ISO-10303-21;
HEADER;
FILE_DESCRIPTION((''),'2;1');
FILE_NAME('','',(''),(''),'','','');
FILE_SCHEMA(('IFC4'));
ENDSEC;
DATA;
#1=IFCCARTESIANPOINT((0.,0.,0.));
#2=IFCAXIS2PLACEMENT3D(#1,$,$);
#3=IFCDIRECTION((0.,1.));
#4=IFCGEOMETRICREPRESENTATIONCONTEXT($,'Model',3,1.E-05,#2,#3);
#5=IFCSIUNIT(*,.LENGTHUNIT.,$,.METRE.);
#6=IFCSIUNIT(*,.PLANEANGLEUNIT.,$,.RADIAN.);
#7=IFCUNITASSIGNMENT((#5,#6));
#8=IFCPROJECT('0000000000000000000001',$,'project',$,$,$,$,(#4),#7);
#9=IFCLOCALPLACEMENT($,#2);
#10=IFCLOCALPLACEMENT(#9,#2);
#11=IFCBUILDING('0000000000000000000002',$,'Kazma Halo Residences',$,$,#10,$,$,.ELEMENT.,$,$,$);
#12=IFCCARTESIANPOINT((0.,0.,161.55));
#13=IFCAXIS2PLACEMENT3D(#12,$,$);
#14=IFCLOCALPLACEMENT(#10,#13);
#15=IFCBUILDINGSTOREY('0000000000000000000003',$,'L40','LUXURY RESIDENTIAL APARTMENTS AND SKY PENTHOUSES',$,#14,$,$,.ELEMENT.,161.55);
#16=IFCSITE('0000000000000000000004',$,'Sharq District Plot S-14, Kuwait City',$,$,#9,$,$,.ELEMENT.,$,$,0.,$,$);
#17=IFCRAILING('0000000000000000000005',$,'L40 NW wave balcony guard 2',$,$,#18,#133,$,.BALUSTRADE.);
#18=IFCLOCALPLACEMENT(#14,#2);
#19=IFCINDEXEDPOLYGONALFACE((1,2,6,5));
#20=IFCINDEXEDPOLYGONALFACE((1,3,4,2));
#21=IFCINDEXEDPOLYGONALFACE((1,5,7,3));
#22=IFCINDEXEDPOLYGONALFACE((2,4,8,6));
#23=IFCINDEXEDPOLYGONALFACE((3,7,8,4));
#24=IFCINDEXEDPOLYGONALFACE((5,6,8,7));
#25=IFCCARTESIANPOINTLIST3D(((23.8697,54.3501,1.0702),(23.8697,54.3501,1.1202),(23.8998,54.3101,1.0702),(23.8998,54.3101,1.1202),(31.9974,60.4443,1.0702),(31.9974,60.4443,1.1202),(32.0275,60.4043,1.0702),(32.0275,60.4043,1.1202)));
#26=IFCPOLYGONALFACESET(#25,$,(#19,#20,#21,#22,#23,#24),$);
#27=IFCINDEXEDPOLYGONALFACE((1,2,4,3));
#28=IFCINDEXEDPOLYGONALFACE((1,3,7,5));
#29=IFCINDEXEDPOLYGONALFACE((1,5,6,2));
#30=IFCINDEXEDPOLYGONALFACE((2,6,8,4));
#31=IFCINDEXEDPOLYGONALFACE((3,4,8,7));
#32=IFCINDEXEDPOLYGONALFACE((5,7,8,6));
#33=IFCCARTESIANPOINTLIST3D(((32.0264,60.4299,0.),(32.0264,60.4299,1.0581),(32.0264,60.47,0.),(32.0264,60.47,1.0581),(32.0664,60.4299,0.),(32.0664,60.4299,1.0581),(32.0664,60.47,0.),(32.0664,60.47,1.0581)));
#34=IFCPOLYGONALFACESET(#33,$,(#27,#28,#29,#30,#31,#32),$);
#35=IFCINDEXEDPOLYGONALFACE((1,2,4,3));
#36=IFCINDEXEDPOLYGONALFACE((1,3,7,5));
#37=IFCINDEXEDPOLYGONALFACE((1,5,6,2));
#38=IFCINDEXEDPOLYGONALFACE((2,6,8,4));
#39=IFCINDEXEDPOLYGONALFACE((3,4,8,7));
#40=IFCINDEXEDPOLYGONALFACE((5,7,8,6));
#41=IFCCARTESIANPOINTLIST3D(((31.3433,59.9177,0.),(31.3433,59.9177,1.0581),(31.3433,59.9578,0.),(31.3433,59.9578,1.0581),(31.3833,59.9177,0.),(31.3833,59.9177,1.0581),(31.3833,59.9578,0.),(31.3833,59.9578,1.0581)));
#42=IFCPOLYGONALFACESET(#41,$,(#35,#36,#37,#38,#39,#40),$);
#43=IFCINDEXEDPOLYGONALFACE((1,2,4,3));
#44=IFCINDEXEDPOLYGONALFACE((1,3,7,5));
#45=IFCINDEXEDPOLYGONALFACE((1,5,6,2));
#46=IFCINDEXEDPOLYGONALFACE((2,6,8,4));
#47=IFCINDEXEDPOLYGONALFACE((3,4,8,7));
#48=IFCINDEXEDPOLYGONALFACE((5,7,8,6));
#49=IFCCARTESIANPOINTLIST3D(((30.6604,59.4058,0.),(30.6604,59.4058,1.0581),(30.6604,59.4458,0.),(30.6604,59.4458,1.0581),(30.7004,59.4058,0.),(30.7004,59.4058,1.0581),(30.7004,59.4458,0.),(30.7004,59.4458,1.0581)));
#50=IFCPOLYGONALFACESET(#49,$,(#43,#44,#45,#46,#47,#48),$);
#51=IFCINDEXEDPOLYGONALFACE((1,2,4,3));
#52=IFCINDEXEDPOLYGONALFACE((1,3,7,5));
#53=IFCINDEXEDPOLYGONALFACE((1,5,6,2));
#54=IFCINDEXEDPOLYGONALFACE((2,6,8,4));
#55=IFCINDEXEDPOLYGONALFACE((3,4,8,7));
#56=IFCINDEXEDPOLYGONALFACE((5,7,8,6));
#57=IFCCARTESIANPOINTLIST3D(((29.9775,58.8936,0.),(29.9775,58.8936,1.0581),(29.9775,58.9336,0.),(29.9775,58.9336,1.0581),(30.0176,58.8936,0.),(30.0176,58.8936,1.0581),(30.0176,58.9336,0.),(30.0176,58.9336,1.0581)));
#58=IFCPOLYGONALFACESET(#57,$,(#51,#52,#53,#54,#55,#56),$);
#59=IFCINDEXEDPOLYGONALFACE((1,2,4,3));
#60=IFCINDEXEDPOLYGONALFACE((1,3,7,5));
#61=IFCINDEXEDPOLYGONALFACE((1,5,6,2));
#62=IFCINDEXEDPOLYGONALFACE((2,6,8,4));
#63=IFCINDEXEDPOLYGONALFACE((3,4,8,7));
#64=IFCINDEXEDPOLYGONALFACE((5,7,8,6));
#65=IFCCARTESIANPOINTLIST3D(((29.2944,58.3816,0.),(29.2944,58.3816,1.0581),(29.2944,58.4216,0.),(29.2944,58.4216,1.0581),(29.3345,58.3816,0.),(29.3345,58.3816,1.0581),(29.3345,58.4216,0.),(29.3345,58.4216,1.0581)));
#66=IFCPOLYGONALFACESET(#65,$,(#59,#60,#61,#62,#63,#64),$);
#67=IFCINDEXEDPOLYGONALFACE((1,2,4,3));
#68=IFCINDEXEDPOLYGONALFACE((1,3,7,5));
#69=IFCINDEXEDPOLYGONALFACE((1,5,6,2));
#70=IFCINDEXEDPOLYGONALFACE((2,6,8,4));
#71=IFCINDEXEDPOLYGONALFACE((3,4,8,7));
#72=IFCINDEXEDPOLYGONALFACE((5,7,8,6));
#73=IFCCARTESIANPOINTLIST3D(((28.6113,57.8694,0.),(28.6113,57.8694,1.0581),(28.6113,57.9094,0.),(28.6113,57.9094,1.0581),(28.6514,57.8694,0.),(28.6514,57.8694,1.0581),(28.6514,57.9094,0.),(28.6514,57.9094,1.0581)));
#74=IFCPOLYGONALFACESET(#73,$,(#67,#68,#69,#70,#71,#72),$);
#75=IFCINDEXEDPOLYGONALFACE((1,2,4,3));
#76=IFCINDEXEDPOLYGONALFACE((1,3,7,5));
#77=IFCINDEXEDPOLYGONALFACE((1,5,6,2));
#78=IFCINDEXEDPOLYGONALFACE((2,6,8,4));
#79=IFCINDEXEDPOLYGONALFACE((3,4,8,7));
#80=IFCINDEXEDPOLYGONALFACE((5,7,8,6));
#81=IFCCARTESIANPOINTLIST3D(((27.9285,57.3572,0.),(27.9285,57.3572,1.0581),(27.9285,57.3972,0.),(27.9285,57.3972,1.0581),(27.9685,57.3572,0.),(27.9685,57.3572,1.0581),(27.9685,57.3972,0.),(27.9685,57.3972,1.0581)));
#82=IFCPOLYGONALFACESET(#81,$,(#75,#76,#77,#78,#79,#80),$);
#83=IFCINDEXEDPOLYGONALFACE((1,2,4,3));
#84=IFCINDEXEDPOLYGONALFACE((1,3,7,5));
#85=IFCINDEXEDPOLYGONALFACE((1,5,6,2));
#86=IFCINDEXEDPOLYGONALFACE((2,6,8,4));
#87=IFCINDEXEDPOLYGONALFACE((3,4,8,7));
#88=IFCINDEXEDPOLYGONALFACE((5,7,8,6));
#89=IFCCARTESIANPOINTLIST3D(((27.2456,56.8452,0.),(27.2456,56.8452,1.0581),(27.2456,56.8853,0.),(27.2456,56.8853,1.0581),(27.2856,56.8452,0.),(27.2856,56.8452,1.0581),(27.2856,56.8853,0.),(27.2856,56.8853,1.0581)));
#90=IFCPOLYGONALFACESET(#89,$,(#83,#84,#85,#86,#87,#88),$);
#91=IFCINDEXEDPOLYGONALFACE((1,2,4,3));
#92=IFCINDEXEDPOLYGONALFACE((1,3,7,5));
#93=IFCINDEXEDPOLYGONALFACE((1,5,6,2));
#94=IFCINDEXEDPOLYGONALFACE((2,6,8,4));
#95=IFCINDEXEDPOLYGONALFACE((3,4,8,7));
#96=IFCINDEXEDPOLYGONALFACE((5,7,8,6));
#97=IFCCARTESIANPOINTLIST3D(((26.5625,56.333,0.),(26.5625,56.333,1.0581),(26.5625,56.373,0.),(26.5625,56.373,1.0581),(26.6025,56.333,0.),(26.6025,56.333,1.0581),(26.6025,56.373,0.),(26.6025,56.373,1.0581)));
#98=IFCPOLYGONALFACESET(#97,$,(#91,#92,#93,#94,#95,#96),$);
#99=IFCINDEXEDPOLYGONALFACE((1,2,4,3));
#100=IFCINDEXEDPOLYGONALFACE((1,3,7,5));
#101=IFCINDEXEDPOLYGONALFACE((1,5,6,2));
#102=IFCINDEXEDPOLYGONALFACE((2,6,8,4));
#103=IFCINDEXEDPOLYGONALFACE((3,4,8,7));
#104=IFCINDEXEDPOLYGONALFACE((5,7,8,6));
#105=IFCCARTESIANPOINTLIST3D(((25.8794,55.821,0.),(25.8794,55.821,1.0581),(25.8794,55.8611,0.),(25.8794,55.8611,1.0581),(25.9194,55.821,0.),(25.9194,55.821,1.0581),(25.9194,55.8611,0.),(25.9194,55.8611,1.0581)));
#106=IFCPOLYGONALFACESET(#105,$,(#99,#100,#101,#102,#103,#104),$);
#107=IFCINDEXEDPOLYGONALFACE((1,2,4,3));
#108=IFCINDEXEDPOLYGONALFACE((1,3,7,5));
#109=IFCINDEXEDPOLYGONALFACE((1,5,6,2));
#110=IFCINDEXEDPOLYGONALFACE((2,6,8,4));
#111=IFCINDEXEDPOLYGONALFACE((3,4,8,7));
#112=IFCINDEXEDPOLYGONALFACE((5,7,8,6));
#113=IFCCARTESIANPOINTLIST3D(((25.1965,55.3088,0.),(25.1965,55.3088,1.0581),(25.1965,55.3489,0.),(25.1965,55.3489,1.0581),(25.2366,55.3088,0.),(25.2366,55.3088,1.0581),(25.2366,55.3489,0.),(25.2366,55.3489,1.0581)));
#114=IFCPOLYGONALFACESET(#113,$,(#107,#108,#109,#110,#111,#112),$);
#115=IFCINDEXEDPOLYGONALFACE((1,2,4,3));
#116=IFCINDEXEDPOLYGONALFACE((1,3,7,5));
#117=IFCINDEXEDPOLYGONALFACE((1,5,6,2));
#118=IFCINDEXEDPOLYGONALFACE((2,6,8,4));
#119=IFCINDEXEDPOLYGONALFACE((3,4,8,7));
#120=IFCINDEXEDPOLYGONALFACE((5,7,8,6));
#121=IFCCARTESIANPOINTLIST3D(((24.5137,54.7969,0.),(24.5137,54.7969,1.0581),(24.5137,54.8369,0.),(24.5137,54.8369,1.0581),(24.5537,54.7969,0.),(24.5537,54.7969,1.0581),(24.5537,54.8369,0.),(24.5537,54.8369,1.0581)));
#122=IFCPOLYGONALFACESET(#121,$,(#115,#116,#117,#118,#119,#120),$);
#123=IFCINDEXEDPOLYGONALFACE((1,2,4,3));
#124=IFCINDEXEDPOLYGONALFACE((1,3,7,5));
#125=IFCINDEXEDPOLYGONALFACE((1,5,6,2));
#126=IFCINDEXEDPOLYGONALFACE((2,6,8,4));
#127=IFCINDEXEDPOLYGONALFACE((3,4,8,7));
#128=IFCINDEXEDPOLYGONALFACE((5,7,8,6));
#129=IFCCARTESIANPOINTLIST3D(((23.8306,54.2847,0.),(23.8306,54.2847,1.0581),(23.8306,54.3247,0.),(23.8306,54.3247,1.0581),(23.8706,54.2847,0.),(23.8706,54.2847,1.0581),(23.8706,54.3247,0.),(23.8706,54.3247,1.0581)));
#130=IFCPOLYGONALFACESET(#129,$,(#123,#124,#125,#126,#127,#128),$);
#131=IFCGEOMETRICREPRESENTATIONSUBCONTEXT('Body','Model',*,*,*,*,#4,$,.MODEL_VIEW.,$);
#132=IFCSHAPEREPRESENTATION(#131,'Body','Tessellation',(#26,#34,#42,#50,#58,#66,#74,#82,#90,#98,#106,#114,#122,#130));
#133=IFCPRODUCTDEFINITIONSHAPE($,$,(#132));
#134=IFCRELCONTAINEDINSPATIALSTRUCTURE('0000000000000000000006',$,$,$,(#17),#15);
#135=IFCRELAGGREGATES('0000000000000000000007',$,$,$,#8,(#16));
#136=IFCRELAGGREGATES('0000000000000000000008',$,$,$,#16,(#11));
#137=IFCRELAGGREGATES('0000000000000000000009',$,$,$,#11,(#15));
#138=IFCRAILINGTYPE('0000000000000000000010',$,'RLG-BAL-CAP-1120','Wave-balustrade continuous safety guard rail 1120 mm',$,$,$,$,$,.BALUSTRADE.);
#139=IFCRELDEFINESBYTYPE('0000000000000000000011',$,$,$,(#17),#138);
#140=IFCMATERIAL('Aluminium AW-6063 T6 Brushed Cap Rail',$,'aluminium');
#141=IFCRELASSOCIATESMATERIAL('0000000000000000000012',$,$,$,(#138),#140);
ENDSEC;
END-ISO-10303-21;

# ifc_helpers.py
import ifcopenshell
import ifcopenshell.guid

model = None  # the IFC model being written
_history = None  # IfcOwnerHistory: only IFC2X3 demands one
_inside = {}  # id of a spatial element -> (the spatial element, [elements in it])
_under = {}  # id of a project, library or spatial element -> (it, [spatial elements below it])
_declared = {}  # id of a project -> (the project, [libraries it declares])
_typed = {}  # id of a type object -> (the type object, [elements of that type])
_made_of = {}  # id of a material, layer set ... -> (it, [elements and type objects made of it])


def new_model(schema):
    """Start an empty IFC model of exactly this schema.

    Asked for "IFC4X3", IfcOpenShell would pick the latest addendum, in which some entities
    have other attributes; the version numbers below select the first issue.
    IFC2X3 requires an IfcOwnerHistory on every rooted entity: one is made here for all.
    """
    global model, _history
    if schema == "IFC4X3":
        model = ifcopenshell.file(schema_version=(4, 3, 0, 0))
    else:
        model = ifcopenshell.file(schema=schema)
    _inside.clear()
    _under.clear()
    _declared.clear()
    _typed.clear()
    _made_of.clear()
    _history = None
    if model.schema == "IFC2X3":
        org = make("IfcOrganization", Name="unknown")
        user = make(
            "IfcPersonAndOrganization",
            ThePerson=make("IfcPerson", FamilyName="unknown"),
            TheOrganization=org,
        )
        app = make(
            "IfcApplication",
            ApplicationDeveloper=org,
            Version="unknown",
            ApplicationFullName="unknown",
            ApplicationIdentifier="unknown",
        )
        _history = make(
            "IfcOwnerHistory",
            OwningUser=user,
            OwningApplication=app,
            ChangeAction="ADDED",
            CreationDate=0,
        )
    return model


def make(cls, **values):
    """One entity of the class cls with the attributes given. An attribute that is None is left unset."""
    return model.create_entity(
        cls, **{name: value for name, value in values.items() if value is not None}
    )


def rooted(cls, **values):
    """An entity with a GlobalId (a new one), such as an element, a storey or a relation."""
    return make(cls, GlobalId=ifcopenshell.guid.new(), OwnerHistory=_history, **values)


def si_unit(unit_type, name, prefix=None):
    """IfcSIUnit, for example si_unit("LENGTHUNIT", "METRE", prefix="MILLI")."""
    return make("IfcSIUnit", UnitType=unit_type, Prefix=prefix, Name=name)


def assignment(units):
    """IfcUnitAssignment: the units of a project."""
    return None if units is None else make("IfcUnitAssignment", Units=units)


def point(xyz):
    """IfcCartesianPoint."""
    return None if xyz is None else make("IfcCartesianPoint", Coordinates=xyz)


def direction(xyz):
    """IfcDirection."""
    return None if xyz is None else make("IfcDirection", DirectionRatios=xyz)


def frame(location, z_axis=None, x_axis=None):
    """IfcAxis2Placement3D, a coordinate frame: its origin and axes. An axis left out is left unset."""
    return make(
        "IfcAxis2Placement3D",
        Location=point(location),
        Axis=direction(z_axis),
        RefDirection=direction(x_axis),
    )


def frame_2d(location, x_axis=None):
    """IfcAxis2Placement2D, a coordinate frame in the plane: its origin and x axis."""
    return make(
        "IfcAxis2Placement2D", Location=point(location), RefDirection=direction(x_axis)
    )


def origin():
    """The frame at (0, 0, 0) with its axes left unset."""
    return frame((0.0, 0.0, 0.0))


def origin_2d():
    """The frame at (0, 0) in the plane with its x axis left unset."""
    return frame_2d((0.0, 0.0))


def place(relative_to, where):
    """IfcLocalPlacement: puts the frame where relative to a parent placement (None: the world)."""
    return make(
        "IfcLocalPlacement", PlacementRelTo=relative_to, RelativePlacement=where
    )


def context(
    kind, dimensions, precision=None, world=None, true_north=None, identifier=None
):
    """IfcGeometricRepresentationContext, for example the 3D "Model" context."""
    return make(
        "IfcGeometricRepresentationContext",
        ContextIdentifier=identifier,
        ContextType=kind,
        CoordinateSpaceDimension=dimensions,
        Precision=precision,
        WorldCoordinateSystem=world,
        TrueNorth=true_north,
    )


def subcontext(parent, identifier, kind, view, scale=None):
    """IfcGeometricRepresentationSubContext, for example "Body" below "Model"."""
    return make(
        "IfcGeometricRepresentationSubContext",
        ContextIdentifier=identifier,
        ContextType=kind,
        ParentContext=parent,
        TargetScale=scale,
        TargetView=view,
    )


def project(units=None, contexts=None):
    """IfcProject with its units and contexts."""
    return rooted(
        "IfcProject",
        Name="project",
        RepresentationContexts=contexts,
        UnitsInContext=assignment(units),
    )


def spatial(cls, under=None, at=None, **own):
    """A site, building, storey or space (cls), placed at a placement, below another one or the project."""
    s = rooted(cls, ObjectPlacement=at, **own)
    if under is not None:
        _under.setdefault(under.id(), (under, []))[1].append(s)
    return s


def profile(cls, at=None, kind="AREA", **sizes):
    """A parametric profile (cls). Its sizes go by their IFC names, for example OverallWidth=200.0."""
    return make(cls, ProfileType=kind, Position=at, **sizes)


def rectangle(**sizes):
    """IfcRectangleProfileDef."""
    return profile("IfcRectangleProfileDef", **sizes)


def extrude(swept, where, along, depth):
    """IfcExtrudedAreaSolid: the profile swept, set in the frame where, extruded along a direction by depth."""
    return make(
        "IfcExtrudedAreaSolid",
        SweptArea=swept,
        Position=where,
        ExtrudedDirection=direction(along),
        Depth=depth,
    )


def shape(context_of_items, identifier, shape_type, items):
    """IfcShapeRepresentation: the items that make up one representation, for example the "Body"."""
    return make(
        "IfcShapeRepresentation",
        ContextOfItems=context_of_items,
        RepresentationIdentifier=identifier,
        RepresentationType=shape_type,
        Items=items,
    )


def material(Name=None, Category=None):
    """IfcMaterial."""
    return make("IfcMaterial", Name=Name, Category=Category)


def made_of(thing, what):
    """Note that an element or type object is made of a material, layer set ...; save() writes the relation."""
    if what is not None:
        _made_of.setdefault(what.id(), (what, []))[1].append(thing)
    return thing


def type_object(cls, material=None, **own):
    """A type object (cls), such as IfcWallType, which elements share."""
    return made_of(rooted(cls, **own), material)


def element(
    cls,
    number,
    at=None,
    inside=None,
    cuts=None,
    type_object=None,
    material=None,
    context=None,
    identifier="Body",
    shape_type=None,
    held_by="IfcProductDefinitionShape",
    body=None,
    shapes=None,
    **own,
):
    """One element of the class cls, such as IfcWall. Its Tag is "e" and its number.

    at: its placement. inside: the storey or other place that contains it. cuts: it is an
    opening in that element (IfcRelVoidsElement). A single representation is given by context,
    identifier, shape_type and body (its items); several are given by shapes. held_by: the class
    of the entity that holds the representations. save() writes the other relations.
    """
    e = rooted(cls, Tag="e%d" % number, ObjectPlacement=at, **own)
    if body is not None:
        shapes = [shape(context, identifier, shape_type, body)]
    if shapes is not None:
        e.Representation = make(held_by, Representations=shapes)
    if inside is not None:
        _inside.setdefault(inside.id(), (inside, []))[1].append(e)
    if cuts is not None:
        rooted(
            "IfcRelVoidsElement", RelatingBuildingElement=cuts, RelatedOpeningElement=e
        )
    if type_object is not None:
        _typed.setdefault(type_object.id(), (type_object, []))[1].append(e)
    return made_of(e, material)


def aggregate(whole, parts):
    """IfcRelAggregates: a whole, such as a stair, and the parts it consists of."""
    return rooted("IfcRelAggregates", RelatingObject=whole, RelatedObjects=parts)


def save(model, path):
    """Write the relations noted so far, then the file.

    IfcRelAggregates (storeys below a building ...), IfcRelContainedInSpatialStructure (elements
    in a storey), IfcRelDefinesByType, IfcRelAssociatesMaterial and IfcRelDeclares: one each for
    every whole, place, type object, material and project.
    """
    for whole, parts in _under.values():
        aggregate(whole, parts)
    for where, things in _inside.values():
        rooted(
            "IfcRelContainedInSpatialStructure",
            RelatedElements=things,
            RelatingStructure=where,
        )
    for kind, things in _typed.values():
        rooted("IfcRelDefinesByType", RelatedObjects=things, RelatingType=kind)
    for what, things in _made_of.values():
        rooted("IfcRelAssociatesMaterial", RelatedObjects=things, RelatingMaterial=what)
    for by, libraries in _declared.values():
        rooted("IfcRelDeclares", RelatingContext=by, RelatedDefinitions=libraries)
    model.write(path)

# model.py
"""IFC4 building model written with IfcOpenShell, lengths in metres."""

from ifc_helpers import new_model, si_unit, direction, frame, origin, origin_2d, place, context, subcontext, project, spatial, rectangle, extrude, material, type_object, element, save


model = new_model("IFC4")

# Units and contexts
model_context = context("Model", 3, precision=1e-05, world=origin(), true_north=direction((0.0, 1.0)))
body_context = subcontext(model_context, "Body", "Model", "MODEL_VIEW")
ifc_project = project(units=[si_unit("LENGTHUNIT", "METRE"), si_unit("PLANEANGLEUNIT", "RADIAN")], contexts=[model_context])

# Site, building, storey
site_placement = place(None, origin())
site = spatial("IfcSite", under=ifc_project, at=site_placement, Name="Sharq District Plot S-14, Kuwait City", CompositionType="ELEMENT", RefElevation=0.0)
building_placement = place(site_placement, origin())
building = spatial("IfcBuilding", under=site, at=building_placement, Name="Kazma Halo Residences", CompositionType="ELEMENT")
storey_placement = place(building_placement, frame((0.0, 0.0, 161.55)))
storey = spatial("IfcBuildingStorey", under=building, at=storey_placement, Name="L40", Description="LUXURY RESIDENTIAL APARTMENTS AND SKY PENTHOUSES", CompositionType="ELEMENT", Elevation=161.55)

# Railing
ifc_material_1 = material(Name="Aluminium AW-6063 T6 Brushed Cap Rail", Category="aluminium")
railing_type = type_object("IfcRailingType", Name="RLG-BAL-CAP-1120", Description="Wave-balustrade continuous safety guard rail 1120 mm", PredefinedType="BALUSTRADE", material=ifc_material_1)
railing_1_placement = place(storey_placement, frame((32.0464, 60.45, 0.0)))
element("IfcRailing", 1, at=railing_1_placement, inside=storey, type_object=railing_type, Name="L40 NW wave balcony guard 2", PredefinedType="BALUSTRADE", context=body_context, shape_type="SweptSolid", body=[
    extrude(rectangle(XDim=0.05, YDim=0.05, at=origin_2d()), frame((-0.0339, -0.0256, 1.0952), z_axis=(-0.800074, -0.599901, 0.0), x_axis=(0.599901, -0.800074, 0.0)), (0.0, 0.0, 1.0), 10.1587),
    extrude(rectangle(XDim=0.04, YDim=0.04, at=origin_2d()), origin(), (0.0, 0.0, 1.0), 1.0581),
    extrude(rectangle(XDim=0.04, YDim=0.04, at=origin_2d()), frame((-0.6831, -0.5122, 0.0)), (0.0, 0.0, 1.0), 1.0581),
    extrude(rectangle(XDim=0.04, YDim=0.04, at=origin_2d()), frame((-1.366, -1.0242, 0.0)), (0.0, 0.0, 1.0), 1.0581),
    extrude(rectangle(XDim=0.04, YDim=0.04, at=origin_2d()), frame((-2.0488, -1.5364, 0.0)), (0.0, 0.0, 1.0), 1.0581),
    extrude(rectangle(XDim=0.04, YDim=0.04, at=origin_2d()), frame((-2.7319, -2.0483, 0.0)), (0.0, 0.0, 1.0), 1.0581),
    extrude(rectangle(XDim=0.04, YDim=0.04, at=origin_2d()), frame((-3.415, -2.5605, 0.0)), (0.0, 0.0, 1.0), 1.0581),
    extrude(rectangle(XDim=0.04, YDim=0.04, at=origin_2d()), frame((-4.0979, -3.0728, 0.0)), (0.0, 0.0, 1.0), 1.0581),
    extrude(rectangle(XDim=0.04, YDim=0.04, at=origin_2d()), frame((-4.7808, -3.5847, 0.0)), (0.0, 0.0, 1.0), 1.0581),
    extrude(rectangle(XDim=0.04, YDim=0.04, at=origin_2d()), frame((-5.4639, -4.0969, 0.0)), (0.0, 0.0, 1.0), 1.0581),
    extrude(rectangle(XDim=0.04, YDim=0.04, at=origin_2d()), frame((-6.147, -4.6089, 0.0)), (0.0, 0.0, 1.0), 1.0581),
    extrude(rectangle(XDim=0.04, YDim=0.04, at=origin_2d()), frame((-6.8298, -5.1211, 0.0)), (0.0, 0.0, 1.0), 1.0581),
    extrude(rectangle(XDim=0.04, YDim=0.04, at=origin_2d()), frame((-7.5127, -5.6331, 0.0)), (0.0, 0.0, 1.0), 1.0581),
    extrude(rectangle(XDim=0.04, YDim=0.04, at=origin_2d()), frame((-8.1958, -6.1453, 0.0)), (0.0, 0.0, 1.0), 1.0581),
])

save(model, "model.ifc")
